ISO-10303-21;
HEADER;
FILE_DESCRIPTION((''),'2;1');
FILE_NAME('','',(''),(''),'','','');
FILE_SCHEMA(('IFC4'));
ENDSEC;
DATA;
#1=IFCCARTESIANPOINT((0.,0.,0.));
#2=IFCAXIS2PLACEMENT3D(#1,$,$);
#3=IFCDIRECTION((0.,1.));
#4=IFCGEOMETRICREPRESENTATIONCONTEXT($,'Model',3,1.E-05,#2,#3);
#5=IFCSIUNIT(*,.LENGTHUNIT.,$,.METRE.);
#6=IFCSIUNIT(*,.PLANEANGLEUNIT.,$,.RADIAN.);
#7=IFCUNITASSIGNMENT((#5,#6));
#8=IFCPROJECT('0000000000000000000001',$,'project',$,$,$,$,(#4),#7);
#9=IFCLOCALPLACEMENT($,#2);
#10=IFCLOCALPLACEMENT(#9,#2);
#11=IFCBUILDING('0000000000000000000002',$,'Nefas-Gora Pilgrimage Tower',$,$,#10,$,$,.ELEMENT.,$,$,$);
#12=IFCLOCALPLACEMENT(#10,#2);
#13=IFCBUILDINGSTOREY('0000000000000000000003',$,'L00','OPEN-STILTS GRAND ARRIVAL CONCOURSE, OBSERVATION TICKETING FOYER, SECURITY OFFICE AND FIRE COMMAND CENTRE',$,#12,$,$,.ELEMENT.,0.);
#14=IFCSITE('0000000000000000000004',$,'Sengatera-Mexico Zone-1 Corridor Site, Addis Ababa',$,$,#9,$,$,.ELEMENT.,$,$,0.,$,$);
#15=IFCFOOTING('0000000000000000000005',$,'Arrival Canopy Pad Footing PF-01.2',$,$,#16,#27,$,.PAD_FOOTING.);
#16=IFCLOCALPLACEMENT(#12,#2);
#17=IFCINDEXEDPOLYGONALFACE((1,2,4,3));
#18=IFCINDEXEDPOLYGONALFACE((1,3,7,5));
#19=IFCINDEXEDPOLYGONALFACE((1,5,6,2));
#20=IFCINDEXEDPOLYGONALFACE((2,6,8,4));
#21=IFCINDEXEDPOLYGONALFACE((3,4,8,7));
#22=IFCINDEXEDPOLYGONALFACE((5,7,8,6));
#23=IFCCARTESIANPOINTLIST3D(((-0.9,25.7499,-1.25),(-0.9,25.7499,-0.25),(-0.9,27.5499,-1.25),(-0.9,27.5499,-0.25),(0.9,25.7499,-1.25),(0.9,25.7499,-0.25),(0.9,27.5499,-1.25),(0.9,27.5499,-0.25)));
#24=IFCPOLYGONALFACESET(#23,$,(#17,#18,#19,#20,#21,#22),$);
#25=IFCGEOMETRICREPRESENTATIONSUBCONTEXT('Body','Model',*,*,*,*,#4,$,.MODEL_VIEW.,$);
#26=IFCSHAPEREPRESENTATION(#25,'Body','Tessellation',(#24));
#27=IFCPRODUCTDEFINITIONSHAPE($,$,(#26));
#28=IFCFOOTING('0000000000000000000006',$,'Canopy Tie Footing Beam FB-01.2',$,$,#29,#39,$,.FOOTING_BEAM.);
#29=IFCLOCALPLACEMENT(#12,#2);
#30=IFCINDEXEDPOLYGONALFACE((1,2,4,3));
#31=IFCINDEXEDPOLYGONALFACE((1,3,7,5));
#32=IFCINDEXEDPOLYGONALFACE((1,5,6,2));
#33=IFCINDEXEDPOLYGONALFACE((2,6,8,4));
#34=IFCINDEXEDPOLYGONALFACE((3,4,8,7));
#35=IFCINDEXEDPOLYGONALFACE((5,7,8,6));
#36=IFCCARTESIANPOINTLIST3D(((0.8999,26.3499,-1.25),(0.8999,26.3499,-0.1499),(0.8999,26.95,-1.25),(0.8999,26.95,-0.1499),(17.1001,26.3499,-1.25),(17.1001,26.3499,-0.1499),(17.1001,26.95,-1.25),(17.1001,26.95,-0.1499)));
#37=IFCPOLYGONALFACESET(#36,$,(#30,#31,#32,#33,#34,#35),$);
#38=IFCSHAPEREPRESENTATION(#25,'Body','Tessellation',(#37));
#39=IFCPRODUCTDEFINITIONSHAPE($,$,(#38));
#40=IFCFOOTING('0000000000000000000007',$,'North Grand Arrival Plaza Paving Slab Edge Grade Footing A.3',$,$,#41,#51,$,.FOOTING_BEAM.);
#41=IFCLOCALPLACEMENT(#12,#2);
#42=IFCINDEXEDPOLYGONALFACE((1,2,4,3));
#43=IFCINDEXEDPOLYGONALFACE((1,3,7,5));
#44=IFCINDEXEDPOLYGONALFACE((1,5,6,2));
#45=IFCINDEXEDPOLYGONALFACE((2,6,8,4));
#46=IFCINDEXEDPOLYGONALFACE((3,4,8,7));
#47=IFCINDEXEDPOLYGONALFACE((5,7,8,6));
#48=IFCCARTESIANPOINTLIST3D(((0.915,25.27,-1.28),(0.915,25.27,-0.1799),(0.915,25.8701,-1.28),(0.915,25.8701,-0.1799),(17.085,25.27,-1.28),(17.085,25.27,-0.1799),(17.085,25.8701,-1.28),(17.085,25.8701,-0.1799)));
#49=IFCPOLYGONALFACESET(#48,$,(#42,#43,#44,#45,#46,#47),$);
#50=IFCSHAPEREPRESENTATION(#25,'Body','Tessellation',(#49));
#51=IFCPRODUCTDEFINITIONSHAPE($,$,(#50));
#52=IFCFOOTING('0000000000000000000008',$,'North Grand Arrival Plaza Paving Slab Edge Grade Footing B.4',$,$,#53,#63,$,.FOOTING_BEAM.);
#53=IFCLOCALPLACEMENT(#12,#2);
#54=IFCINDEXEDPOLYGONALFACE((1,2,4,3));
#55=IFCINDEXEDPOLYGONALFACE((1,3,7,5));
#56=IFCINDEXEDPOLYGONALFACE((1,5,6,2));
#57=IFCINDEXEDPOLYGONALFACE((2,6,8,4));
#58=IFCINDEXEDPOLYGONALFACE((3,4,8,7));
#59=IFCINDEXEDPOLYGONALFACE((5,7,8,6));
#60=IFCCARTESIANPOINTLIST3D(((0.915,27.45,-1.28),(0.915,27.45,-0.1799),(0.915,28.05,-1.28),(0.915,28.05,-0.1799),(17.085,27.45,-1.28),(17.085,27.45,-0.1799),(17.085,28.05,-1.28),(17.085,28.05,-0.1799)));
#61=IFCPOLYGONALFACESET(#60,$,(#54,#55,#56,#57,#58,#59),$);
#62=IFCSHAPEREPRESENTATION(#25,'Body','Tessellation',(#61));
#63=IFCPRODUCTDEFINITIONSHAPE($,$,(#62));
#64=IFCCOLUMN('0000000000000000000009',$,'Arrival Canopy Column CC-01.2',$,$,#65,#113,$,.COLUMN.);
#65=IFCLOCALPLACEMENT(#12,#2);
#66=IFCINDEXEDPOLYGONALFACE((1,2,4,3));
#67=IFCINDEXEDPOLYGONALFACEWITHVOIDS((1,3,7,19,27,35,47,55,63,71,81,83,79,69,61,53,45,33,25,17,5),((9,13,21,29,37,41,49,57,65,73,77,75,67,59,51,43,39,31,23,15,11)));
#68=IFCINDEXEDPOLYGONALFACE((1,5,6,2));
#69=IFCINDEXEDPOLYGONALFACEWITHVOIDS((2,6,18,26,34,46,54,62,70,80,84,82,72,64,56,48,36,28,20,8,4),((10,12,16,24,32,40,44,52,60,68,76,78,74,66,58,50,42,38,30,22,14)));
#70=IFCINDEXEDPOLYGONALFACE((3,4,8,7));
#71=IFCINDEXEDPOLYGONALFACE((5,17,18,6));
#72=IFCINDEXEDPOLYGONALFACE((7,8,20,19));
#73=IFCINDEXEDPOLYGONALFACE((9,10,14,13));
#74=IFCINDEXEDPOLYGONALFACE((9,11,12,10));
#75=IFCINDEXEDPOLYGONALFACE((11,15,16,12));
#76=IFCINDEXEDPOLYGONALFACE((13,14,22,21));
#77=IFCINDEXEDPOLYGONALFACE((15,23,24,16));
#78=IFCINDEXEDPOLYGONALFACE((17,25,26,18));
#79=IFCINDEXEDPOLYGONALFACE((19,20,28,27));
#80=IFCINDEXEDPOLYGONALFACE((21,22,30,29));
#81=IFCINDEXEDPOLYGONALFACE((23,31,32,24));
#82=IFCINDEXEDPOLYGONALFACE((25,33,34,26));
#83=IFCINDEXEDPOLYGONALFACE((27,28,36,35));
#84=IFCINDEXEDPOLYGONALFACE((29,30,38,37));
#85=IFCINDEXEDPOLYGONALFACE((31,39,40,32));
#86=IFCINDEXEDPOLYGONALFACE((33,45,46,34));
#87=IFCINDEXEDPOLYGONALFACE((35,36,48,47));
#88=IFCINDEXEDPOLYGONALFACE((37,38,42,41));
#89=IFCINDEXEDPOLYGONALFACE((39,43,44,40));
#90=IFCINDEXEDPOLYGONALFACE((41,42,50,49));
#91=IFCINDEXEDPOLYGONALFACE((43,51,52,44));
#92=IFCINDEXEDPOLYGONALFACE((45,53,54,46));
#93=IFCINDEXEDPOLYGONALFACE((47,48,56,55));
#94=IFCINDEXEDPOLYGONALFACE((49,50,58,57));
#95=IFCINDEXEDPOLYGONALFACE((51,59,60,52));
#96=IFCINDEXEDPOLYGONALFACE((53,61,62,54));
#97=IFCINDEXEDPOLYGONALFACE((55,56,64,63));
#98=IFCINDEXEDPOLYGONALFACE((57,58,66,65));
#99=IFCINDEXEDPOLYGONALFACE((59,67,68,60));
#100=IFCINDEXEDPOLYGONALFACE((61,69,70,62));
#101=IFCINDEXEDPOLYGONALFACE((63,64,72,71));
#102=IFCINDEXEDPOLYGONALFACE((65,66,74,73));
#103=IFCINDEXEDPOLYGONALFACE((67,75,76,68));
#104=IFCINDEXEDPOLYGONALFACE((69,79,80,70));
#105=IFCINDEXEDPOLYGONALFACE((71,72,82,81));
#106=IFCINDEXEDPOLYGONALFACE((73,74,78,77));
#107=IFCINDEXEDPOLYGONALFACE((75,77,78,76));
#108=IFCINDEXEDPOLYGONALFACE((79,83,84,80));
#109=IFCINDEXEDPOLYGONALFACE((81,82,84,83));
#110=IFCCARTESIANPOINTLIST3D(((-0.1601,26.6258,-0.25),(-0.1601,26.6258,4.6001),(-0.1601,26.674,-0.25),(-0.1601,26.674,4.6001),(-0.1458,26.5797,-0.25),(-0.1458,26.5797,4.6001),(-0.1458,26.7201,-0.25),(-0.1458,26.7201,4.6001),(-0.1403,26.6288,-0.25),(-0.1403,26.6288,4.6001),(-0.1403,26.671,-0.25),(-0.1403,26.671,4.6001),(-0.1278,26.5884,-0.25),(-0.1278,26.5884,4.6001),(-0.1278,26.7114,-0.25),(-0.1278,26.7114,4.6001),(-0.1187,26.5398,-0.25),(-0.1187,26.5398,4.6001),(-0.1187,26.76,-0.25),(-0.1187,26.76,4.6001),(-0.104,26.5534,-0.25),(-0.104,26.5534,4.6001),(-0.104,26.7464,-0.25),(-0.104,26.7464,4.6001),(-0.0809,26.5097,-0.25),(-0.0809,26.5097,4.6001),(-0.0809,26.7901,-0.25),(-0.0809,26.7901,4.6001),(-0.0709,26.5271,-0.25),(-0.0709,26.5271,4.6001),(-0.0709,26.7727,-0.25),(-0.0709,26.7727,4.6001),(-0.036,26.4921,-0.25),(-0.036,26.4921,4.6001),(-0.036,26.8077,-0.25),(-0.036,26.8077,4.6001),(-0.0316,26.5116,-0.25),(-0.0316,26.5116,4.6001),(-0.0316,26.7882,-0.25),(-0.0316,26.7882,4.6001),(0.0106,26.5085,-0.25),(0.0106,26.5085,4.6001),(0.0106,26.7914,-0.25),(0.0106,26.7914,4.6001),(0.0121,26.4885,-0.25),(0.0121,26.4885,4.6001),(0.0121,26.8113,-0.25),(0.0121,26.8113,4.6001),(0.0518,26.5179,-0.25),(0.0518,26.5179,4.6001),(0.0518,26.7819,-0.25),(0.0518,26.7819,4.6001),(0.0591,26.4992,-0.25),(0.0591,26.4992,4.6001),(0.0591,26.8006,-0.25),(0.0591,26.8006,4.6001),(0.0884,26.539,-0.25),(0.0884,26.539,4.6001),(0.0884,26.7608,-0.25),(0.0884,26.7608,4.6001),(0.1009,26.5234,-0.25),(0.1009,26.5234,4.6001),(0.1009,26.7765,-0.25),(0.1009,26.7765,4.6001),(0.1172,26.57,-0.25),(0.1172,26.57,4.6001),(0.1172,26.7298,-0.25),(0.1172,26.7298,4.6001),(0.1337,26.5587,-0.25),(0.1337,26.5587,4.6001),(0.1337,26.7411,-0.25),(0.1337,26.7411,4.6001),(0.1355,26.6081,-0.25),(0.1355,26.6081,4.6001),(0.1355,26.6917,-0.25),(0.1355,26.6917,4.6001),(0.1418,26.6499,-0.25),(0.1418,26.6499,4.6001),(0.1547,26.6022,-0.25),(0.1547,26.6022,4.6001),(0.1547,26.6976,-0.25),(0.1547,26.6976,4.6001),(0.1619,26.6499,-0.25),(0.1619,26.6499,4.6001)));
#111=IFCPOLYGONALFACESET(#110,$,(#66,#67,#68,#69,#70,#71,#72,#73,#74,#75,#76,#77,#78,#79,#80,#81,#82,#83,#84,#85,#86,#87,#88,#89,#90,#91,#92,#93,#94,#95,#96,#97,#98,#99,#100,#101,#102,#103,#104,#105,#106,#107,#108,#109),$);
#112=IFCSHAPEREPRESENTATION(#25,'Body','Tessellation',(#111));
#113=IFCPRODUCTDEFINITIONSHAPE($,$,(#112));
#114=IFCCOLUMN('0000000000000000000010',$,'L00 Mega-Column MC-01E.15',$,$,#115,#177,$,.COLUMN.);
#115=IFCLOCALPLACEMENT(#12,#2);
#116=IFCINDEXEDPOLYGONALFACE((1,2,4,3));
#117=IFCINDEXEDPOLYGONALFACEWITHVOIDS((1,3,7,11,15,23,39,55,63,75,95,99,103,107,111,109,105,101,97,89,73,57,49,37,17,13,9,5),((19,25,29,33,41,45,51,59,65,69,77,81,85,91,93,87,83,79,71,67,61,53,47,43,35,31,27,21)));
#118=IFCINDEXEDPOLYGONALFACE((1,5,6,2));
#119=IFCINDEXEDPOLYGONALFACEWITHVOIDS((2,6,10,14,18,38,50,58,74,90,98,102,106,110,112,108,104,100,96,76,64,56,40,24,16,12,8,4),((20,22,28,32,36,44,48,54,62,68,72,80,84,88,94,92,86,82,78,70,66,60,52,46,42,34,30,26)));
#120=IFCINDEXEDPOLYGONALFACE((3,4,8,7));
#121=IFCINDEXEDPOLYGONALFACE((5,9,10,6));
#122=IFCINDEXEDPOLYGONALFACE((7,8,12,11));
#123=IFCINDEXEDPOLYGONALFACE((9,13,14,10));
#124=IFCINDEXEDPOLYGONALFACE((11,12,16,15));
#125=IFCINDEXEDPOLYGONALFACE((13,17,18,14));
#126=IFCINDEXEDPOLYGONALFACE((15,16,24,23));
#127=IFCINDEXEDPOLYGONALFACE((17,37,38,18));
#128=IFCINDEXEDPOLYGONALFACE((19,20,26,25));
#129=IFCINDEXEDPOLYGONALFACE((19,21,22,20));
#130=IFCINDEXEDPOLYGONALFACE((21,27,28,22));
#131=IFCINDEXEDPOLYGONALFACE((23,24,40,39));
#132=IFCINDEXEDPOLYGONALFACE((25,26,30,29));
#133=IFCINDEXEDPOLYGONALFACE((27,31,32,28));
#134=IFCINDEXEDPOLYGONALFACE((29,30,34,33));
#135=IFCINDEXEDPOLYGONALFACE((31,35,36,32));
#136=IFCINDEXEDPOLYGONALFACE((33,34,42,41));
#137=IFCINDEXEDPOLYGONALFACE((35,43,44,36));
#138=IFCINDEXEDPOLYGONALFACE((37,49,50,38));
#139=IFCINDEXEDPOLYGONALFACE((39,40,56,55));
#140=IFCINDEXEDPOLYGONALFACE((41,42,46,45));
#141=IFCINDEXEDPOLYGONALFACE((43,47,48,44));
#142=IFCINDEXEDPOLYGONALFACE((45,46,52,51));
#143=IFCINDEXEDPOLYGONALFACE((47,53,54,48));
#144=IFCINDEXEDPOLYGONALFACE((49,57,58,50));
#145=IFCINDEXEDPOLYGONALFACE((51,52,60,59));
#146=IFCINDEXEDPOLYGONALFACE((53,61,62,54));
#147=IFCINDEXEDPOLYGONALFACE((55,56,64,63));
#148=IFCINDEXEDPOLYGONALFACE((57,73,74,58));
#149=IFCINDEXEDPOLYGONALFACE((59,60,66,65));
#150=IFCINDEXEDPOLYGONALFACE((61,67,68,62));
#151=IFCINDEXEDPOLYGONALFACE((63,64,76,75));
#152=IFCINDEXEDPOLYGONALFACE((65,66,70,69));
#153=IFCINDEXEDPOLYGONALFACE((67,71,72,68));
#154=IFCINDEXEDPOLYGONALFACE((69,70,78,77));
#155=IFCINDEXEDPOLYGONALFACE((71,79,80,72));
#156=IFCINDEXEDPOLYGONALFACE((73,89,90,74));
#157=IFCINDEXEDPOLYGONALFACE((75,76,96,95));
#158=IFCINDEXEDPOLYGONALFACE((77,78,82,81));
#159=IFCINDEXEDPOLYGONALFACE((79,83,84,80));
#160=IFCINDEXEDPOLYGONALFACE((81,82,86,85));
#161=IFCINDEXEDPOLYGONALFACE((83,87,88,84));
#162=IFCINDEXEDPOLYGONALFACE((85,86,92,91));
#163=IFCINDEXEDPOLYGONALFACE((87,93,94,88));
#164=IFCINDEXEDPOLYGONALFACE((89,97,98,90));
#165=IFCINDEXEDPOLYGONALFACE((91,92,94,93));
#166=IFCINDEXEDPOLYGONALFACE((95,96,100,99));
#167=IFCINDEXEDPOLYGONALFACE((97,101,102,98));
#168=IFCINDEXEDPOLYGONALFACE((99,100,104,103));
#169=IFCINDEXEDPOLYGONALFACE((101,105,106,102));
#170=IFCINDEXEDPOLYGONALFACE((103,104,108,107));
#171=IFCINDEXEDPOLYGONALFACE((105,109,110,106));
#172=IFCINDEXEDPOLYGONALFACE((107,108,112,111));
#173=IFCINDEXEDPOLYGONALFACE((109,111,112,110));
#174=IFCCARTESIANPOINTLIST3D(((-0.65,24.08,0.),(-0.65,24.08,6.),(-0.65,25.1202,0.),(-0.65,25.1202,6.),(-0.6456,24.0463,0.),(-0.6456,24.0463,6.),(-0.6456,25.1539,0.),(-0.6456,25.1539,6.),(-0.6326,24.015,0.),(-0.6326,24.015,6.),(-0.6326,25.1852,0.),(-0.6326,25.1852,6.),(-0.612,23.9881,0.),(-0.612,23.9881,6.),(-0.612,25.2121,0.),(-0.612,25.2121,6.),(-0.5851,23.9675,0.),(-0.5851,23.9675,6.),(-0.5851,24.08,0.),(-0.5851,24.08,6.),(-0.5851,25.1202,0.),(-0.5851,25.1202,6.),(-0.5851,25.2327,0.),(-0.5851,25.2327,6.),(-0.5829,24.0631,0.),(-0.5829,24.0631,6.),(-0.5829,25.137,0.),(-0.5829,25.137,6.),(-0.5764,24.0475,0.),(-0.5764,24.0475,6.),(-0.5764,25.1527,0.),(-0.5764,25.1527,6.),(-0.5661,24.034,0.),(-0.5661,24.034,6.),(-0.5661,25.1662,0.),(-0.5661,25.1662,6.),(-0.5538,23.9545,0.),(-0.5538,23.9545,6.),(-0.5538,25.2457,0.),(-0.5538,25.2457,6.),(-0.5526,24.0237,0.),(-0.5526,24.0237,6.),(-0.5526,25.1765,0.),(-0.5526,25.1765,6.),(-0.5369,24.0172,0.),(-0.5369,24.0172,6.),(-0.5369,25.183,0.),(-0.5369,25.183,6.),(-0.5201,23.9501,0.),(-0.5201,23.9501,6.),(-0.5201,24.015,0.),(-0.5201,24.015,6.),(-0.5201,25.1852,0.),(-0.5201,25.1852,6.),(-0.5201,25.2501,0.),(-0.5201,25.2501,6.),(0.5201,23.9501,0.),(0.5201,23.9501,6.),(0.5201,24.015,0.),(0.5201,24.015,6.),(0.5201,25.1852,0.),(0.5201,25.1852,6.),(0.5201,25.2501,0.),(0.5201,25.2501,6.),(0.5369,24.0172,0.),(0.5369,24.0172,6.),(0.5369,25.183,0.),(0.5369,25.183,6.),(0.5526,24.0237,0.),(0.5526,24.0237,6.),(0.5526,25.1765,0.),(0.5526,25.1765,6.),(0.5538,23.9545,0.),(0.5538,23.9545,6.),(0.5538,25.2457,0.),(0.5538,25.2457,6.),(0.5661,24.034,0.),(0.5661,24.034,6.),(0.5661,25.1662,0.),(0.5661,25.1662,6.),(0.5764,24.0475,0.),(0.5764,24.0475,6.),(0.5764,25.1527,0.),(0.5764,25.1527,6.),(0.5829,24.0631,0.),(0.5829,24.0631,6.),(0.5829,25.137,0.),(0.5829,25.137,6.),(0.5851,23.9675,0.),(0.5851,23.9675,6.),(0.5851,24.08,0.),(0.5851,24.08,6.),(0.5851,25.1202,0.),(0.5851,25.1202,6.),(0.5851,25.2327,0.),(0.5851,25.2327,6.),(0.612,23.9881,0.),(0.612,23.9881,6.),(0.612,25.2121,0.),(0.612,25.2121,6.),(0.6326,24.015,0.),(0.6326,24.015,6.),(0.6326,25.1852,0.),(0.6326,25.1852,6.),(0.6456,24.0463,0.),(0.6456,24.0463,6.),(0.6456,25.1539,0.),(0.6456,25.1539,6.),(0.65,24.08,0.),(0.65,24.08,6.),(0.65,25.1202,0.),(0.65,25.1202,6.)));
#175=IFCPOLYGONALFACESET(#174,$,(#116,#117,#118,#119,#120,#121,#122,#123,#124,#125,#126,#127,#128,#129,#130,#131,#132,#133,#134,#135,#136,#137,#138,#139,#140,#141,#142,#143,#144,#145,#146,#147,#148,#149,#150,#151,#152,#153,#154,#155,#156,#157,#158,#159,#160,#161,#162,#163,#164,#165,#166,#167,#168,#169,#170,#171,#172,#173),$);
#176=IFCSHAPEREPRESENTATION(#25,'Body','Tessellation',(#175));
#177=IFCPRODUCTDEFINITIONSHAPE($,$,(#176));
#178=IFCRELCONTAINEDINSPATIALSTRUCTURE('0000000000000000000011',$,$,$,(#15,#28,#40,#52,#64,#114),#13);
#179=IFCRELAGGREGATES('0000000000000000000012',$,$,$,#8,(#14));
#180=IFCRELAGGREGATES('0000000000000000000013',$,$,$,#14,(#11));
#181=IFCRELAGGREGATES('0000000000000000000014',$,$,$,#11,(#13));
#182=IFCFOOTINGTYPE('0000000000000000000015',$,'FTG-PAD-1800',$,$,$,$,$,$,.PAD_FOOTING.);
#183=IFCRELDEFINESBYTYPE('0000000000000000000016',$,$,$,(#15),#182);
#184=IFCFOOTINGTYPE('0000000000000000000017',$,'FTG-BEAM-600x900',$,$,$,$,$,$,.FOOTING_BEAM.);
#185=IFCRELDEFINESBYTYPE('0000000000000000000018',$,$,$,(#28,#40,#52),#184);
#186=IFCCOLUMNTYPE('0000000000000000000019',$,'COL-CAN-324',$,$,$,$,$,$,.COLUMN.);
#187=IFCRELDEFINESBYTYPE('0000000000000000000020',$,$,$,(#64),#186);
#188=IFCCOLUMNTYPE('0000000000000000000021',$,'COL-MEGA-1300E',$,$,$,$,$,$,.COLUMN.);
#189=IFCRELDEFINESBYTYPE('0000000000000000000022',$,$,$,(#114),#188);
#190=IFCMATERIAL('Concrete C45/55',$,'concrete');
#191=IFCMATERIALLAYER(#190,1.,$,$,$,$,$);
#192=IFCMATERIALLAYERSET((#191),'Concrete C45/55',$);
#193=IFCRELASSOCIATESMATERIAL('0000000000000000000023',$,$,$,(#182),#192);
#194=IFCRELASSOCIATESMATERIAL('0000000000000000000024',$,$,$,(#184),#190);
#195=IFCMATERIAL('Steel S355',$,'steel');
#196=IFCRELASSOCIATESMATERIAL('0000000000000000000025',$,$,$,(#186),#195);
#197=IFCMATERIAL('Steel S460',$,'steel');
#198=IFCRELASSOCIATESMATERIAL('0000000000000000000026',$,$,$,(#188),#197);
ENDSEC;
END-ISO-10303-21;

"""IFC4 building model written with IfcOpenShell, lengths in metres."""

from ifc_helpers import new_model, si_unit, direction, frame, origin, origin_2d, place, context, subcontext, project, spatial, rectangle, hollow_rectangle, hollow_circle, extrude, source, transform, mapped, material, layer, layer_set, material_profile, profile_set, type_object, element, save


model = new_model("IFC4")

# Units and contexts
model_context = context("Model", 3, precision=1e-05, world=origin(), true_north=direction((0.0, 1.0)))
body_context = subcontext(model_context, "Body", "Model", "MODEL_VIEW")
ifc_project = project(units=[si_unit("LENGTHUNIT", "METRE"), si_unit("PLANEANGLEUNIT", "RADIAN")], contexts=[model_context])

# Site, building, storey
site_placement = place(None, origin())
site = spatial("IfcSite", under=ifc_project, at=site_placement, Name="Sengatera-Mexico Zone-1 Corridor Site, Addis Ababa", CompositionType="ELEMENT", RefElevation=0.0)
building_placement = place(site_placement, origin())
building = spatial("IfcBuilding", under=site, at=building_placement, Name="Nefas-Gora Pilgrimage Tower", CompositionType="ELEMENT")
storey_placement = place(building_placement, origin())
storey = spatial("IfcBuildingStorey", under=building, at=storey_placement, Name="L00", Description="OPEN-STILTS GRAND ARRIVAL CONCOURSE, OBSERVATION TICKETING FOYER, SECURITY OFFICE AND FIRE COMMAND CENTRE", CompositionType="ELEMENT", Elevation=0.0)

# Footings
ifc_material_1 = material(Name="Concrete C45/55", Category="concrete")
ifc_layer_1 = layer(ifc_material_1, 1.0)
ifc_layer_set_1 = layer_set([ifc_layer_1], Name="Concrete C45/55")
footing_type_1 = type_object("IfcFootingType", Name="FTG-PAD-1800", PredefinedType="PAD_FOOTING", material=ifc_layer_set_1)
shared_shape_1 = source(origin(), body_context, "Body", "SweptSolid", [
    extrude(rectangle(XDim=1.8, YDim=1.8, at=origin_2d()), origin(), (0.0, 0.0, 1.0), 1.0),
])
footing_1_placement = place(storey_placement, frame((0.0, 26.6499, -1.25), z_axis=(0.0, 0.0, 1.0), x_axis=(1.0, 0.0, 0.0)))
element("IfcFooting", 1, at=footing_1_placement, inside=storey, type_object=footing_type_1, Name="Arrival Canopy Pad Footing PF-01.2", PredefinedType="PAD_FOOTING", context=body_context, shape_type="MappedRepresentation", body=[
    mapped(shared_shape_1, transform((0.0, 0.0, 0.0), x_axis=(1.0, 0.0, 0.0), y_axis=(0.0, 1.0, 0.0), z_axis=(0.0, 0.0, 1.0), scale=1.0)),
])
ifc_material_profile_1 = material_profile(ifc_material_1, rectangle(XDim=0.6001, YDim=1.1001, at=origin_2d()), Name="RC 600x1100")
ifc_profile_set_1 = profile_set([ifc_material_profile_1], Name="Concrete C45/55")
footing_type_2 = type_object("IfcFootingType", Name="FTG-BEAM-600x900", PredefinedType="FOOTING_BEAM", material=ifc_profile_set_1)
shared_shape_2 = source(origin(), body_context, "Body", "SweptSolid", [
    extrude(rectangle(XDim=0.6001, YDim=1.1001, at=origin_2d()), origin(), (0.0, 0.0, 1.0), 16.2002),
])
footing_2_placement = place(storey_placement, frame((0.8999, 26.6499, -0.7), z_axis=(1.0, 0.0, 0.0), x_axis=(0.0, 1.0, 0.0)))
element("IfcFooting", 2, at=footing_2_placement, inside=storey, type_object=footing_type_2, Name="Canopy Tie Footing Beam FB-01.2", PredefinedType="FOOTING_BEAM", context=body_context, shape_type="MappedRepresentation", body=[
    mapped(shared_shape_2, transform((0.0, 0.0, 0.0), x_axis=(1.0, 0.0, 0.0), y_axis=(0.0, 1.0, 0.0), z_axis=(0.0, 0.0, 1.0), scale=1.0)),
])
shared_shape_3 = source(origin(), body_context, "Body", "SweptSolid", [
    extrude(rectangle(XDim=0.6001, YDim=1.1001, at=origin_2d()), origin(), (0.0, 0.0, 1.0), 16.1699),
])
for number, where, z_axis, x_axis, name in (
    (3, (0.915, 25.5701, -0.73), (1.0, 0.0, 0.0), (0.0, 1.0, 0.0), "North Grand Arrival Plaza Paving Slab Edge Grade Footing A.3"),
    (4, (0.915, 27.75, -0.73), (1.0, 0.0, 0.0), (0.0, 1.0, 0.0), "North Grand Arrival Plaza Paving Slab Edge Grade Footing B.4"),
):
    element("IfcFooting", number, at=place(storey_placement, frame(where, z_axis=z_axis, x_axis=x_axis)), inside=storey, type_object=footing_type_2, Name=name, PredefinedType="FOOTING_BEAM", context=body_context, shape_type="MappedRepresentation", body=[
        mapped(shared_shape_3, transform((0.0, 0.0, 0.0), x_axis=(1.0, 0.0, 0.0), y_axis=(0.0, 1.0, 0.0), z_axis=(0.0, 0.0, 1.0), scale=1.0)),
    ])

# Columns
ifc_material_2 = material(Name="Steel S355", Category="steel")
ifc_material_profile_2 = material_profile(ifc_material_2, hollow_circle(Radius=0.1619, WallThickness=0.02, at=origin_2d()), Name="CHS 323.9x20")
ifc_profile_set_2 = profile_set([ifc_material_profile_2], Name="Steel S355")
column_type_1 = type_object("IfcColumnType", Name="COL-CAN-324", PredefinedType="COLUMN", material=ifc_profile_set_2)
shared_shape_4 = source(origin(), body_context, "Body", "SweptSolid", [
    extrude(hollow_circle(Radius=0.1619, WallThickness=0.02, at=origin_2d()), origin(), (0.0, 0.0, 1.0), 4.8501),
])
column_1_placement = place(storey_placement, frame((0.0, 26.6499, -0.25), z_axis=(0.0, 0.0, 1.0), x_axis=(1.0, 0.0, 0.0)))
element("IfcColumn", 5, at=column_1_placement, inside=storey, type_object=column_type_1, Name="Arrival Canopy Column CC-01.2", PredefinedType="COLUMN", context=body_context, shape_type="MappedRepresentation", body=[
    mapped(shared_shape_4, transform((0.0, 0.0, 0.0), x_axis=(1.0, 0.0, 0.0), y_axis=(0.0, 1.0, 0.0), z_axis=(0.0, 0.0, 1.0), scale=1.0)),
])
ifc_material_3 = material(Name="Steel S460", Category="steel")
ifc_material_profile_3 = material_profile(ifc_material_3, hollow_rectangle(XDim=1.3, YDim=1.3, WallThickness=0.0649, InnerFilletRadius=0.0649, OuterFilletRadius=0.1299, at=origin_2d()), Name="BOX 1300x1300x65")
ifc_profile_set_3 = profile_set([ifc_material_profile_3], Name="Steel S460")
column_type_2 = type_object("IfcColumnType", Name="COL-MEGA-1300E", PredefinedType="COLUMN", material=ifc_profile_set_3)
shared_shape_5 = source(origin(), body_context, "Body", "SweptSolid", [
    extrude(hollow_rectangle(XDim=1.3, YDim=1.3, WallThickness=0.0649, InnerFilletRadius=0.0649, OuterFilletRadius=0.1299, at=origin_2d()), origin(), (0.0, 0.0, 1.0), 6.0),
])
column_2_placement = place(storey_placement, frame((0.0, 24.6001, 0.0), z_axis=(0.0, 0.0, 1.0), x_axis=(1.0, 0.0, 0.0)))
element("IfcColumn", 6, at=column_2_placement, inside=storey, type_object=column_type_2, Name="L00 Mega-Column MC-01E.15", PredefinedType="COLUMN", context=body_context, shape_type="MappedRepresentation", body=[
    mapped(shared_shape_5, transform((0.0, 0.0, 0.0), x_axis=(1.0, 0.0, 0.0), y_axis=(0.0, 1.0, 0.0), z_axis=(0.0, 0.0, 1.0), scale=1.0)),
])

save(model, "model.ifc")
